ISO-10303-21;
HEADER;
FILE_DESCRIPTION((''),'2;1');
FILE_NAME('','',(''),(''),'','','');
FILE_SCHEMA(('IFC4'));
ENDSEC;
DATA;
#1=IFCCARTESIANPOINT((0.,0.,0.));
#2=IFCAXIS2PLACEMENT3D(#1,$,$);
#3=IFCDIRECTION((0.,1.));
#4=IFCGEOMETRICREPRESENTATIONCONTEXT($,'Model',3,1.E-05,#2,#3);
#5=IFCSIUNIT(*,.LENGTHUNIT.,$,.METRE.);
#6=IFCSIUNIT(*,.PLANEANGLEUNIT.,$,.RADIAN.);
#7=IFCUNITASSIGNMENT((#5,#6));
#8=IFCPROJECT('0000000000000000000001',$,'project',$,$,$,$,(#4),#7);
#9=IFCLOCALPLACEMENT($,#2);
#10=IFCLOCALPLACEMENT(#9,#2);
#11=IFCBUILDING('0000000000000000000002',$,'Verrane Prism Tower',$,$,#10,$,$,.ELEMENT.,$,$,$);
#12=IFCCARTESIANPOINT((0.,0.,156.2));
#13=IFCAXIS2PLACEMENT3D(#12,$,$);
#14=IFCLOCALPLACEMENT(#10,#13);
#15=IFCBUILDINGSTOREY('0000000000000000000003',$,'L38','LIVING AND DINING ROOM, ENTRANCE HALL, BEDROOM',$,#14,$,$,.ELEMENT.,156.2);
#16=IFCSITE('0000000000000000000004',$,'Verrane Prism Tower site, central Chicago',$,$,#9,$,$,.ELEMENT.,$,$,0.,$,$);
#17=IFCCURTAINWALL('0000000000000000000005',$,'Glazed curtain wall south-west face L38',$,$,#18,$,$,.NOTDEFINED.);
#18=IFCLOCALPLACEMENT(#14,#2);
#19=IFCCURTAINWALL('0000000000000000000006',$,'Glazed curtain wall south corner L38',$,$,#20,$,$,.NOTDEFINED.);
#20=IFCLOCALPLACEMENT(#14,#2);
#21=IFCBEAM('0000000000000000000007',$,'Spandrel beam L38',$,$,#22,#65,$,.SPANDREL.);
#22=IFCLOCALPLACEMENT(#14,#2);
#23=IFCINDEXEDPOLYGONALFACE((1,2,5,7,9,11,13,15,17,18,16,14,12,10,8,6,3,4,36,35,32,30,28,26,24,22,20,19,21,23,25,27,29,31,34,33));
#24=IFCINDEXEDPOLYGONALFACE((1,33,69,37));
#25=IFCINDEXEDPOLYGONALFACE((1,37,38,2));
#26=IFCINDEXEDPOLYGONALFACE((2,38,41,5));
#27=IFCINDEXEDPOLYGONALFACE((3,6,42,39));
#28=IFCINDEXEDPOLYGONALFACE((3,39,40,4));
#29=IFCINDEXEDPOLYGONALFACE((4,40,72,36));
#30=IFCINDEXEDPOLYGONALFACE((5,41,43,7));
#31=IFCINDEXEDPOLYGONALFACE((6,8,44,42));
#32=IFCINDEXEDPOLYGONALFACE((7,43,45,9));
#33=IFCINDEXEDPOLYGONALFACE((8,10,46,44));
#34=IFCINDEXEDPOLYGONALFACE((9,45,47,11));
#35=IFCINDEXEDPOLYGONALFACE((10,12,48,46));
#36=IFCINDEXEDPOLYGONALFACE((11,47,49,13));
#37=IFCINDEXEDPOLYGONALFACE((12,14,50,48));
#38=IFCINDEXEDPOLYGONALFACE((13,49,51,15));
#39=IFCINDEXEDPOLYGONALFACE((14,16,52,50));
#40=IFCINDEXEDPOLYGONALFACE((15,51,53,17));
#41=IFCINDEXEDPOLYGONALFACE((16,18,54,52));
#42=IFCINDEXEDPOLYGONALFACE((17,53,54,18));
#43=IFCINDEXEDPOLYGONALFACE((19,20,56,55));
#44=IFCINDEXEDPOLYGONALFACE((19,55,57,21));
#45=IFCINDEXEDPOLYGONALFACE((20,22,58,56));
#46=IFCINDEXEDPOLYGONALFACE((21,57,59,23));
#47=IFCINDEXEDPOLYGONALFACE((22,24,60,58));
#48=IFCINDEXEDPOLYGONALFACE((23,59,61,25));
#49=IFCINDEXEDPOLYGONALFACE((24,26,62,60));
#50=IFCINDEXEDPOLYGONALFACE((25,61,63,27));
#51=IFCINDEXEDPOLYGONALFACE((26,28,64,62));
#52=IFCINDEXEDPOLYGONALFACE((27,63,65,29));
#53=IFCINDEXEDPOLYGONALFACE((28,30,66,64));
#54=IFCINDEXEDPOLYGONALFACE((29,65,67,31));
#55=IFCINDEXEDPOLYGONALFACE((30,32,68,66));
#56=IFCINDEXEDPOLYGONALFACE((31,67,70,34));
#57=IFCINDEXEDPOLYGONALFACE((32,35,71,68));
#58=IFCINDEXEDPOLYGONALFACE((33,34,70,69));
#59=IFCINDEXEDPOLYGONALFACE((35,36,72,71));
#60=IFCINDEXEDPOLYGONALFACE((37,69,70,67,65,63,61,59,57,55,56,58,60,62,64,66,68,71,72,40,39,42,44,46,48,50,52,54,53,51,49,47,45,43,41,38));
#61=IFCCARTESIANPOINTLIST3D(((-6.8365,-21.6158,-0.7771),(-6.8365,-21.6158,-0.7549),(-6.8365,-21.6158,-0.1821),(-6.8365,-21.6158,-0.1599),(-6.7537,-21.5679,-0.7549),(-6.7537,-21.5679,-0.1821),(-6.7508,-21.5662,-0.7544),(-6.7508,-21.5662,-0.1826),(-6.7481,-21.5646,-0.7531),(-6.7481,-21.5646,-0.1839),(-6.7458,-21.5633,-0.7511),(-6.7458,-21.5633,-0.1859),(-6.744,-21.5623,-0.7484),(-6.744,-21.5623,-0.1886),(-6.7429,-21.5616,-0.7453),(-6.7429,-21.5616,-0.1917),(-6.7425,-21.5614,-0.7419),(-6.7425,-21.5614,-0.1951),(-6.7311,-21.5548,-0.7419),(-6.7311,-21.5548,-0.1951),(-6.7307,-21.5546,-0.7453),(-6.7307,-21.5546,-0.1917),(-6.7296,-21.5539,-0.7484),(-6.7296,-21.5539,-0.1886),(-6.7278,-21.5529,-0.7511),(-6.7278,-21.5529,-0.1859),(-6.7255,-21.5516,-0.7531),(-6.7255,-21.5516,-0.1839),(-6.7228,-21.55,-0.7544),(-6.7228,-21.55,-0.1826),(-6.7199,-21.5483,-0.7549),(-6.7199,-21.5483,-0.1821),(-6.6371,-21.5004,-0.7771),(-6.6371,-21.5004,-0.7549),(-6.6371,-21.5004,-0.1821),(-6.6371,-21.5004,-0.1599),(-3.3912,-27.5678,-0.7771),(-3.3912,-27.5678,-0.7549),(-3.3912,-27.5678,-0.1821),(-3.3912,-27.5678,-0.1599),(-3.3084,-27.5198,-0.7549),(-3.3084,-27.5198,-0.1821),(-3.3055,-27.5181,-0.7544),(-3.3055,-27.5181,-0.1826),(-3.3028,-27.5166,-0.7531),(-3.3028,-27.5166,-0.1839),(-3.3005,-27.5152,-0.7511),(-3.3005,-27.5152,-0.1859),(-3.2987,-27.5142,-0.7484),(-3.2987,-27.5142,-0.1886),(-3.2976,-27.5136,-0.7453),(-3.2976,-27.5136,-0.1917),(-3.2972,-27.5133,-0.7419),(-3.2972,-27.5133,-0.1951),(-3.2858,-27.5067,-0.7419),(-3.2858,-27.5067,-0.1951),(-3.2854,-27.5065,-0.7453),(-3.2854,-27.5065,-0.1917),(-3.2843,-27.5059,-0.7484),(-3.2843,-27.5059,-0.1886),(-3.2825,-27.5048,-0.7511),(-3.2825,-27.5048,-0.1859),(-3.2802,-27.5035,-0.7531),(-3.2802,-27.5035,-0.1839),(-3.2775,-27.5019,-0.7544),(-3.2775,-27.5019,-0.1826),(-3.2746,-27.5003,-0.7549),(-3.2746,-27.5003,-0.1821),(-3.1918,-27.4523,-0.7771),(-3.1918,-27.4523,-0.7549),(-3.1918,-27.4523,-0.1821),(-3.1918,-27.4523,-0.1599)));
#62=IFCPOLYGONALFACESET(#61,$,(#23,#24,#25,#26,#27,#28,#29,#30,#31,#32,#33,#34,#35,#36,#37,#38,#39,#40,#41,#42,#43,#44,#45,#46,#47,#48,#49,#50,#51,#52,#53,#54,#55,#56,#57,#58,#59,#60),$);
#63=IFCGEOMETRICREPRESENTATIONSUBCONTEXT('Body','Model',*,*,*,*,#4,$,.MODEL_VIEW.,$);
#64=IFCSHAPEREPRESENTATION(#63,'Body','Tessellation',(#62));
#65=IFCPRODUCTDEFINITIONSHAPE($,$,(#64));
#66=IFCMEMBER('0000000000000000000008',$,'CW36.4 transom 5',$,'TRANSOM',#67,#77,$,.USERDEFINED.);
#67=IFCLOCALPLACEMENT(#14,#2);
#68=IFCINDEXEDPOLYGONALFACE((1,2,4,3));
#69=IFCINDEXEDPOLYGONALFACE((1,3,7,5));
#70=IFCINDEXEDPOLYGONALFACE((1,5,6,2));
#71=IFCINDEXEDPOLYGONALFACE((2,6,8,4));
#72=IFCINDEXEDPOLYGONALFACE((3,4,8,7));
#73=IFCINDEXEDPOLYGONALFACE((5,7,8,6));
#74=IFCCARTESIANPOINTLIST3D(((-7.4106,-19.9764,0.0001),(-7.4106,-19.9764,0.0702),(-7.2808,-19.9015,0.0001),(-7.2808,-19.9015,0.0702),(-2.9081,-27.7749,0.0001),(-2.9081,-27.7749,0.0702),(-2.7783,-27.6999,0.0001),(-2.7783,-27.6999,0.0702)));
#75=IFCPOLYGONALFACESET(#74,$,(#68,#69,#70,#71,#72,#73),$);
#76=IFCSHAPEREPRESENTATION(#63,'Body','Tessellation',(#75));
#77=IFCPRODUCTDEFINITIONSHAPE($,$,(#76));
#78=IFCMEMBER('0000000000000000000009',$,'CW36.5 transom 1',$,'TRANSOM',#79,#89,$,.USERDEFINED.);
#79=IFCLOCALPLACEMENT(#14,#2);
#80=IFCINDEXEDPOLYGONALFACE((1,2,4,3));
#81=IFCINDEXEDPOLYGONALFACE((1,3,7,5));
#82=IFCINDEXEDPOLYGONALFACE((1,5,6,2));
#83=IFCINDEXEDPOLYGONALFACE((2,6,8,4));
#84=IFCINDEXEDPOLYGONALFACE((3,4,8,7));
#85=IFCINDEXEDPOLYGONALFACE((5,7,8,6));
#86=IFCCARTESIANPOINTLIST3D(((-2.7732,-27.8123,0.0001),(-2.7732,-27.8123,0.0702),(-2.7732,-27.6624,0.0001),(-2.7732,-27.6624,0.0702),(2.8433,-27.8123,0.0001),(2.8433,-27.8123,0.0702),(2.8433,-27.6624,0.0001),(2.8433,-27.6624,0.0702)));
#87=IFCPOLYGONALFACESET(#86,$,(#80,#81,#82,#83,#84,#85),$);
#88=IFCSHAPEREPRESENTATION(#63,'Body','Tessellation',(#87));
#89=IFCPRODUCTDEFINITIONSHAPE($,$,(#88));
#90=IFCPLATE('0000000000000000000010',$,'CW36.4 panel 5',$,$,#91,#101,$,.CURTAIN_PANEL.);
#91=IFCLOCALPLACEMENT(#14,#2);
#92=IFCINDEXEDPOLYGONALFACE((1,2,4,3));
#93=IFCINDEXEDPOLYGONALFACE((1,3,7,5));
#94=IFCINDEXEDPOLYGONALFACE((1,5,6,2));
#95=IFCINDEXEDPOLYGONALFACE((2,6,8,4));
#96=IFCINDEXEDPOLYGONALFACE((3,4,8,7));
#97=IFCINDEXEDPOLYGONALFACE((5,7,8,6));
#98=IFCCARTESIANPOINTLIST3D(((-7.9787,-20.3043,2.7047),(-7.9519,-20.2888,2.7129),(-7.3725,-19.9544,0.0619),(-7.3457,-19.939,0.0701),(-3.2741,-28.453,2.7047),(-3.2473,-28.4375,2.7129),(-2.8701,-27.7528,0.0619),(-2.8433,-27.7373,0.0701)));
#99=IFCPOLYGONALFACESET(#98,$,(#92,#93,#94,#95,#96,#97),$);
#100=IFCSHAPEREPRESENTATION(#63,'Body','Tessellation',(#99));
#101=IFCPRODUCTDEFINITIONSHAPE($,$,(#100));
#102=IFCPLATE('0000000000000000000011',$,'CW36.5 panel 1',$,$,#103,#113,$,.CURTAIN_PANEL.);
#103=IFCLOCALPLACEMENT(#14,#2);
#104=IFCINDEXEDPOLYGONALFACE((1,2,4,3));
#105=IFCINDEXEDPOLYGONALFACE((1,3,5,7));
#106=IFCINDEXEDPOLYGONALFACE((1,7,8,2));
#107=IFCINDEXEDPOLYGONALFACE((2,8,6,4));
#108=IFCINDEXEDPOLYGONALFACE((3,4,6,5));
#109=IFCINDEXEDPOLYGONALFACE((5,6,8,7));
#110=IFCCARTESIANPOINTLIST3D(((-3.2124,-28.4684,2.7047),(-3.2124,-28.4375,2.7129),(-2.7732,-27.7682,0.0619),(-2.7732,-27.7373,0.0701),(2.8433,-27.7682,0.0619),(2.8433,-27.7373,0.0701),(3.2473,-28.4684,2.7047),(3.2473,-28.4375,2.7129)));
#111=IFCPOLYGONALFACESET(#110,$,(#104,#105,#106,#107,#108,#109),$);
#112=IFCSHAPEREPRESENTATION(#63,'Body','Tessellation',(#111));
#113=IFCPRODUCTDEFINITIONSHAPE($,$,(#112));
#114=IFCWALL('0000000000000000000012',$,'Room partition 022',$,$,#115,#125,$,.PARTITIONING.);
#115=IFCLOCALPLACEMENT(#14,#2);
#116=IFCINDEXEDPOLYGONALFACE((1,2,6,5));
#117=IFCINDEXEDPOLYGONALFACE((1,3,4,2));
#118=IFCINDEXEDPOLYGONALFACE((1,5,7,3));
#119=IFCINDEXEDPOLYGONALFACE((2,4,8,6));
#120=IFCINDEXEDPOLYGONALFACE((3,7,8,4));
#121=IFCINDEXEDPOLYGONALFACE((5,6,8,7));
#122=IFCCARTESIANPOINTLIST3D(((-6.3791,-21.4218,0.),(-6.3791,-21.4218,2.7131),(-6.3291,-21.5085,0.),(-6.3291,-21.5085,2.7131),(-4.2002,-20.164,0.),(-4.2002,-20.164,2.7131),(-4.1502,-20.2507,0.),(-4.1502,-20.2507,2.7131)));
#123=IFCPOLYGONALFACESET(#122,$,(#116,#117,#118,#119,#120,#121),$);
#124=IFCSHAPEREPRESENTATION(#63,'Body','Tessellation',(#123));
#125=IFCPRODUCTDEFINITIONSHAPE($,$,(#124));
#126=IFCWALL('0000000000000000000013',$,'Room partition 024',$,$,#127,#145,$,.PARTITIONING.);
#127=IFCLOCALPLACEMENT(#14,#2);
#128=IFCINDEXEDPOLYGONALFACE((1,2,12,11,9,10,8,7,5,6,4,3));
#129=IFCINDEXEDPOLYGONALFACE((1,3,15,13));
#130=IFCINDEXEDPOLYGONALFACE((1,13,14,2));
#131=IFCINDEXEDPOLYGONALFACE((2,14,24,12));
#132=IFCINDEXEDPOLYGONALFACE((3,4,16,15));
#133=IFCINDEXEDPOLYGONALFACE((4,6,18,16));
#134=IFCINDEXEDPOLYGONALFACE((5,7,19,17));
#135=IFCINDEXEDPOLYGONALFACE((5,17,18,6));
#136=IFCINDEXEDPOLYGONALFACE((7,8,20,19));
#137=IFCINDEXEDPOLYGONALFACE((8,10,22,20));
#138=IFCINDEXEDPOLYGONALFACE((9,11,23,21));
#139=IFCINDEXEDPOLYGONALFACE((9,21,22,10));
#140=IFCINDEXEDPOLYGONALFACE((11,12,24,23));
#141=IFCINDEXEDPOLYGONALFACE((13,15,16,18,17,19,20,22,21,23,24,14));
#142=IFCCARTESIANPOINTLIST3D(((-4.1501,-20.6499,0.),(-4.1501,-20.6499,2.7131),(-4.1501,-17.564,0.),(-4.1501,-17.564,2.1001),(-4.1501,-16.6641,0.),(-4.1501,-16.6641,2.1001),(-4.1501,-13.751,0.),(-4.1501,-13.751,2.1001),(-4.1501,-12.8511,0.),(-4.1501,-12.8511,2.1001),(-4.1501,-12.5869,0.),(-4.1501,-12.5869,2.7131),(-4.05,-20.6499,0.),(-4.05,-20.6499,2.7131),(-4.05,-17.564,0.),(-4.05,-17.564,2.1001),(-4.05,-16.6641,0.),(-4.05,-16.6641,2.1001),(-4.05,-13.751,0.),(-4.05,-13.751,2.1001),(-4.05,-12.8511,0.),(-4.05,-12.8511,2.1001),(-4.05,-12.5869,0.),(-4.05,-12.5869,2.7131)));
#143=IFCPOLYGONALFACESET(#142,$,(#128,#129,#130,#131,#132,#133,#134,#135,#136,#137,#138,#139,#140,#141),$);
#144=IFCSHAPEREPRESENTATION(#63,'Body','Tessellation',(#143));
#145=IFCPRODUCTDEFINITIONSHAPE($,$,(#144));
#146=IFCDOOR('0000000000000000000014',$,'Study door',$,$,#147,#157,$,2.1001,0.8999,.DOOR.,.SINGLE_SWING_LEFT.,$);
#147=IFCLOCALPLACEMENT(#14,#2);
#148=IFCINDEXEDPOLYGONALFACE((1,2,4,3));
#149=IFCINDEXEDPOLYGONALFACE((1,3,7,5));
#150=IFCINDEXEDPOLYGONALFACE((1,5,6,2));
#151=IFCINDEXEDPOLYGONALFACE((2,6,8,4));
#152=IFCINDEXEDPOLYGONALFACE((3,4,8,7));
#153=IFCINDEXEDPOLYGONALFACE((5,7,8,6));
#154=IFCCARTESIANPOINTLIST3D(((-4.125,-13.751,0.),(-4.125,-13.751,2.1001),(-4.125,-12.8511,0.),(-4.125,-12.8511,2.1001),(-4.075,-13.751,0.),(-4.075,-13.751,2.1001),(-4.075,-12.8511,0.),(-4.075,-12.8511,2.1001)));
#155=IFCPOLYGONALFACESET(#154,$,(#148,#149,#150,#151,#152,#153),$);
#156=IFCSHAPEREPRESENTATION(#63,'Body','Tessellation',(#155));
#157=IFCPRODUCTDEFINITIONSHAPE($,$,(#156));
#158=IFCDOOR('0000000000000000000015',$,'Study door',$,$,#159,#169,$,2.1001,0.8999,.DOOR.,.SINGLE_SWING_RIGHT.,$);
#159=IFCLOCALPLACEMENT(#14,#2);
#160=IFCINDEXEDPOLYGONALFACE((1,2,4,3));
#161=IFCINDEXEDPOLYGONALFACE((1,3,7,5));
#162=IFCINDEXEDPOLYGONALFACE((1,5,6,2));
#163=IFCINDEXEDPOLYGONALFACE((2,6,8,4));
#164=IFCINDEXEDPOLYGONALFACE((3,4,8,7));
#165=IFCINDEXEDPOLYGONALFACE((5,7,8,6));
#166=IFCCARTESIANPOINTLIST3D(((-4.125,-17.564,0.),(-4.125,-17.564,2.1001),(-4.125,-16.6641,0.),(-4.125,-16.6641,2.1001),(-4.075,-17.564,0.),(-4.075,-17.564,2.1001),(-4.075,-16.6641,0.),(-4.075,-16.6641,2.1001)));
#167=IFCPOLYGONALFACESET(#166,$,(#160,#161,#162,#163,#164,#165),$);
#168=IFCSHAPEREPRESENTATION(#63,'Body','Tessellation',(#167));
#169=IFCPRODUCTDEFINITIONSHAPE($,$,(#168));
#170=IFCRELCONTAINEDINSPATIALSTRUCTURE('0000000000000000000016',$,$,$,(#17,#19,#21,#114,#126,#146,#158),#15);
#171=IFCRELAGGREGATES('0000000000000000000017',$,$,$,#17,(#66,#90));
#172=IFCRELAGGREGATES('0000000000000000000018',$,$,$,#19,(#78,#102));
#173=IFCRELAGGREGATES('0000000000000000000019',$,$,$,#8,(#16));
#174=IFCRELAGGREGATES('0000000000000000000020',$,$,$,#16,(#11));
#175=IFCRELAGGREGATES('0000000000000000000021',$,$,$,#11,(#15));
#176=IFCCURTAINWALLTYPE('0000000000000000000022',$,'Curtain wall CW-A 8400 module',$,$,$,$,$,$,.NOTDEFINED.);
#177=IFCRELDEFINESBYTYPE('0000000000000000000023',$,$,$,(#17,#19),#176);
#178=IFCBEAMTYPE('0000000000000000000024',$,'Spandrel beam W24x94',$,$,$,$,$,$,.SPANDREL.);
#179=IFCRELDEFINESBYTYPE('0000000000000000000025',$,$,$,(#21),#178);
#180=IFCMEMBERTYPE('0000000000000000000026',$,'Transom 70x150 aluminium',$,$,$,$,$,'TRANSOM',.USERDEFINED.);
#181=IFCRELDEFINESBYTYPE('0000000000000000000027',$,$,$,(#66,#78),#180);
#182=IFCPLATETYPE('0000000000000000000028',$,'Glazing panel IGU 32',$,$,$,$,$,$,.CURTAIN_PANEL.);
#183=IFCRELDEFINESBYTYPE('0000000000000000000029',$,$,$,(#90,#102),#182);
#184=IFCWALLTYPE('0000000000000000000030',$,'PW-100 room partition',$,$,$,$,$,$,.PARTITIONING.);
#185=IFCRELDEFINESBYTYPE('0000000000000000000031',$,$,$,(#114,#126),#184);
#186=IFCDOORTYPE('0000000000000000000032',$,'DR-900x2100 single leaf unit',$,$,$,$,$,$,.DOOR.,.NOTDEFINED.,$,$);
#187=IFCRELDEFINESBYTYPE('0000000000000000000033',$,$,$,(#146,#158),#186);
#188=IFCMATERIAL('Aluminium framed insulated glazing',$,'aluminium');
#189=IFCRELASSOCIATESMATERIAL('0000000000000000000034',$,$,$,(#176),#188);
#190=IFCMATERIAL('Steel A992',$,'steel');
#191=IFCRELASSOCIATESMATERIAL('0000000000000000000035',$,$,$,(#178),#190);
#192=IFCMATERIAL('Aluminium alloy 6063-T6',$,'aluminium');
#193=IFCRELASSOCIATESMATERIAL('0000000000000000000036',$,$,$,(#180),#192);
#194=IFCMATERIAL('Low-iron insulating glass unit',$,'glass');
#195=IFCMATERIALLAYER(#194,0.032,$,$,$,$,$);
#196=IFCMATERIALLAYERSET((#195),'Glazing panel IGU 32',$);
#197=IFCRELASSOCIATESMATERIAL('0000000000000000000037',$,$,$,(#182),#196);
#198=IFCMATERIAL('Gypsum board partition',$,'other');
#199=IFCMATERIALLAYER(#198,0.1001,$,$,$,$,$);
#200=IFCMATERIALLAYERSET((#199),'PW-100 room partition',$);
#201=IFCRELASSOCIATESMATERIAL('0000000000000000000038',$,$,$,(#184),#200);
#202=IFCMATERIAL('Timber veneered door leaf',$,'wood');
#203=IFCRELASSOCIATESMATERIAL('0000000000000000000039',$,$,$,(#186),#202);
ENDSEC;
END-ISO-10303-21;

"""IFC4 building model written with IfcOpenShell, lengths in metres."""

from ifc_helpers import new_model, si_unit, direction, frame, frame_2d, origin, origin_2d, place, context, subcontext, project, spatial, polyline, rectangle, i_section, outline, extrude, material, layer, layer_set, material_profile, profile_set, type_object, element, fill, aggregate, save


model = new_model("IFC4")

# Units and contexts
model_context = context("Model", 3, precision=1e-05, world=origin(), true_north=direction((0.0, 1.0)))
body_context = subcontext(model_context, "Body", "Model", "MODEL_VIEW")
ifc_project = project(units=[si_unit("LENGTHUNIT", "METRE"), si_unit("PLANEANGLEUNIT", "RADIAN")], contexts=[model_context])

# Site, building, storey
site_placement = place(None, origin())
site = spatial("IfcSite", under=ifc_project, at=site_placement, Name="Verrane Prism Tower site, central Chicago", CompositionType="ELEMENT", RefElevation=0.0)
building_placement = place(site_placement, origin())
building = spatial("IfcBuilding", under=site, at=building_placement, Name="Verrane Prism Tower", CompositionType="ELEMENT")
storey_placement = place(building_placement, frame((0.0, 0.0, 156.2)))
storey = spatial("IfcBuildingStorey", under=building, at=storey_placement, Name="L38", Description="LIVING AND DINING ROOM, ENTRANCE HALL, BEDROOM", CompositionType="ELEMENT", Elevation=156.2)

# Curtain walls
ifc_material_1 = material(Name="Aluminium framed insulated glazing", Category="aluminium")
curtain_wall_type = type_object("IfcCurtainWallType", Name="Curtain wall CW-A 8400 module", PredefinedType="NOTDEFINED", material=ifc_material_1)
curtain_wall_1_placement = place(storey_placement, origin())
curtain_wall_1 = element("IfcCurtainWall", 1, at=curtain_wall_1_placement, inside=storey, type_object=curtain_wall_type, Name="Glazed curtain wall south-west face L38", PredefinedType="NOTDEFINED")
curtain_wall_2_placement = place(storey_placement, origin())
curtain_wall_2 = element("IfcCurtainWall", 2, at=curtain_wall_2_placement, inside=storey, type_object=curtain_wall_type, Name="Glazed curtain wall south corner L38", PredefinedType="NOTDEFINED")

# Beam
ifc_material_2 = material(Name="Steel A992", Category="steel")
ifc_material_profile_1 = material_profile(ifc_material_2, i_section(OverallWidth=0.2305, OverallDepth=0.6172, WebThickness=0.0132, FlangeThickness=0.0222, FilletRadius=0.0129, at=origin_2d()), Name="W24x94")
ifc_profile_set_1 = profile_set([ifc_material_profile_1], Name="Steel A992")
beam_type_1 = type_object("IfcBeamType", Name="Spandrel beam W24x94", PredefinedType="SPANDREL", material=ifc_profile_set_1)
beam_1_placement = place(storey_placement, frame((-6.7368, -21.5581, -0.4685), z_axis=(0.500979, -0.86546, 0.0), x_axis=(0.86546, 0.500979, 0.0)))
element("IfcBeam", 3, at=beam_1_placement, inside=storey, type_object=beam_type_1, Name="Spandrel beam L38", PredefinedType="SPANDREL", context=body_context, shape_type="SweptSolid", body=[
    extrude(i_section(OverallWidth=0.2305, OverallDepth=0.6172, WebThickness=0.0132, FlangeThickness=0.0222, FilletRadius=0.0129, at=origin_2d()), origin(), (0.0, 0.0, 1.0), 6.8772),
])

# Members
ifc_material_3 = material(Name="Aluminium alloy 6063-T6", Category="aluminium")
ifc_material_profile_2 = material_profile(ifc_material_3, rectangle(XDim=0.1499, YDim=0.0701, at=origin_2d()), Name="Transom 70x150 aluminium")
ifc_profile_set_2 = profile_set([ifc_material_profile_2], Name="Aluminium alloy 6063-T6")
member_type_1 = type_object("IfcMemberType", Name="Transom 70x150 aluminium", ElementType="TRANSOM", PredefinedType="USERDEFINED", material=ifc_profile_set_2)
member_1_placement = place(storey_placement, frame((-7.3457, -19.939, 0.0352), z_axis=(0.500006, -0.866022, 0.0), x_axis=(0.866022, 0.500006, 0.0)))
member_1 = element("IfcMember", 4, at=member_1_placement, type_object=member_type_1, Name="CW36.4 transom 5", ObjectType="TRANSOM", PredefinedType="USERDEFINED", context=body_context, shape_type="SweptSolid", body=[
    extrude(rectangle(XDim=0.1499, YDim=0.0701, at=origin_2d()), origin(), (0.0, 0.0, 1.0), 9.0049),
])
member_2_placement = place(storey_placement, frame((-2.7732, -27.7373, 0.0352), z_axis=(1.0, 0.0, 0.0), x_axis=(0.0, 1.0, 0.0)))
member_2 = element("IfcMember", 5, at=member_2_placement, type_object=member_type_1, Name="CW36.5 transom 1", ObjectType="TRANSOM", PredefinedType="USERDEFINED", context=body_context, shape_type="SweptSolid", body=[
    extrude(rectangle(XDim=0.1499, YDim=0.0701, at=origin_2d()), origin(), (0.0, 0.0, 1.0), 5.6165),
])

# Plates
ifc_material_4 = material(Name="Low-iron insulating glass unit", Category="glass")
ifc_layer_1 = layer(ifc_material_4, 0.032)
ifc_layer_set_1 = layer_set([ifc_layer_1], Name="Glazing panel IGU 32")
plate_type = type_object("IfcPlateType", Name="Glazing panel IGU 32", PredefinedType="CURTAIN_PANEL", material=ifc_layer_set_1)
plate_1_placement = place(storey_placement, frame((-7.3457, -19.939, 0.0701), z_axis=(0.83716, 0.483335, 0.256027), x_axis=(0.500001, -0.866025, -0.000001)))
plate_1 = element("IfcPlate", 6, at=plate_1_placement, type_object=plate_type, Name="CW36.4 panel 5", PredefinedType="CURTAIN_PANEL", context=body_context, shape_type="SweptSolid", body=[
    extrude(outline(polyline([(0.0, 0.0), (9.0048, 0.0), (9.4091, -2.734), (-0.0001, -2.7339), (0.0, 0.0)])), origin(), (0.0, 0.0, -1.0), 0.032),
])
aggregate(curtain_wall_1, [member_1, plate_1])
plate_2_placement = place(storey_placement, frame((-2.7732, -27.7373, 0.0701), z_axis=(0.0, 0.966649, 0.256106), x_axis=(1.0, 0.0, 0.0)))
plate_2 = element("IfcPlate", 7, at=plate_2_placement, type_object=plate_type, Name="CW36.5 panel 1", PredefinedType="CURTAIN_PANEL", context=body_context, shape_type="SweptSolid", body=[
    extrude(outline(polyline([(0.0, 0.0), (5.6165, 0.0), (6.0205, -2.734), (-0.4392, -2.734), (0.0, 0.0)])), origin(), (0.0, 0.0, -1.0), 0.032),
])
aggregate(curtain_wall_2, [member_2, plate_2])

# Wall
ifc_material_5 = material(Name="Gypsum board partition", Category="other")
ifc_layer_2 = layer(ifc_material_5, 0.1001)
ifc_layer_set_2 = layer_set([ifc_layer_2], Name="PW-100 room partition")
wall_type = type_object("IfcWallType", Name="PW-100 room partition", PredefinedType="PARTITIONING", material=ifc_layer_set_2)
wall_1_placement = place(storey_placement, frame((-6.354, -21.4651, 0.0), z_axis=(0.0, 0.0, 1.0), x_axis=(0.866061, 0.499938, 0.0)))
element("IfcWall", 8, at=wall_1_placement, inside=storey, type_object=wall_type, Name="Room partition 022", PredefinedType="PARTITIONING", context=body_context, shape_type="SweptSolid", body=[
    extrude(rectangle(XDim=2.5159, YDim=0.1001, at=frame_2d((1.2578, 0.0))), origin(), (0.0, 0.0, 1.0), 2.7131),
])

# Wall, openings, doors
wall_2_placement = place(storey_placement, frame((-4.1001, -20.6499, 0.0), z_axis=(0.0, 0.0, 1.0), x_axis=(0.0, 1.0, 0.0)))
wall_2 = element("IfcWall", 9, at=wall_2_placement, inside=storey, type_object=wall_type, Name="Room partition 024", PredefinedType="PARTITIONING", context=body_context, shape_type="SweptSolid", body=[
    extrude(rectangle(XDim=8.063, YDim=0.1001, at=frame_2d((4.0315, 0.0))), origin(), (0.0, 0.0, 1.0), 2.7131),
])
opening_1_placement = place(wall_2_placement, frame((6.8989, 0.0, 0.0)))
opening_1 = element("IfcOpeningElement", 10, at=opening_1_placement, cuts=wall_2, PredefinedType="OPENING", context=body_context, shape_type="SweptSolid", body=[
    extrude(rectangle(XDim=0.8999, YDim=2.1001, at=frame_2d((0.45, 1.05))), frame((0.0, 0.0601, 0.0), z_axis=(0.0, -1.0, 0.0), x_axis=(1.0, 0.0, 0.0)), (0.0, 0.0, 1.0), 0.1201),
])
opening_2_placement = place(wall_2_placement, frame((3.0859, 0.0, 0.0)))
opening_2 = element("IfcOpeningElement", 11, at=opening_2_placement, cuts=wall_2, PredefinedType="OPENING", context=body_context, shape_type="SweptSolid", body=[
    extrude(rectangle(XDim=0.8999, YDim=2.1001, at=frame_2d((0.45, 1.05))), frame((0.0, 0.0601, 0.0), z_axis=(0.0, -1.0, 0.0), x_axis=(1.0, 0.0, 0.0)), (0.0, 0.0, 1.0), 0.1201),
])
ifc_material_6 = material(Name="Timber veneered door leaf", Category="wood")
door_type = type_object("IfcDoorType", Name="DR-900x2100 single leaf unit", OperationType="NOTDEFINED", PredefinedType="DOOR", material=ifc_material_6)
door_1_placement = place(opening_1_placement, origin())
door_1 = element("IfcDoor", 12, at=door_1_placement, inside=storey, type_object=door_type, Name="Study door", OperationType="SINGLE_SWING_LEFT", OverallHeight=2.1001, OverallWidth=0.8999, PredefinedType="DOOR", context=body_context, shape_type="SweptSolid", body=[
    extrude(rectangle(XDim=0.8999, YDim=2.1001, at=frame_2d((0.45, 1.05))), frame((0.0, 0.0249, 0.0), z_axis=(0.0, -1.0, 0.0), x_axis=(1.0, 0.0, 0.0)), (0.0, 0.0, 1.0), 0.05),
])
fill(opening_1, door_1)
door_2_placement = place(opening_2_placement, origin())
door_2 = element("IfcDoor", 13, at=door_2_placement, inside=storey, type_object=door_type, Name="Study door", OperationType="SINGLE_SWING_RIGHT", OverallHeight=2.1001, OverallWidth=0.8999, PredefinedType="DOOR", context=body_context, shape_type="SweptSolid", body=[
    extrude(rectangle(XDim=0.8999, YDim=2.1001, at=frame_2d((0.45, 1.05))), frame((0.0, 0.0249, 0.0), z_axis=(0.0, -1.0, 0.0), x_axis=(1.0, 0.0, 0.0)), (0.0, 0.0, 1.0), 0.05),
])
fill(opening_2, door_2)

save(model, "model.ifc")
